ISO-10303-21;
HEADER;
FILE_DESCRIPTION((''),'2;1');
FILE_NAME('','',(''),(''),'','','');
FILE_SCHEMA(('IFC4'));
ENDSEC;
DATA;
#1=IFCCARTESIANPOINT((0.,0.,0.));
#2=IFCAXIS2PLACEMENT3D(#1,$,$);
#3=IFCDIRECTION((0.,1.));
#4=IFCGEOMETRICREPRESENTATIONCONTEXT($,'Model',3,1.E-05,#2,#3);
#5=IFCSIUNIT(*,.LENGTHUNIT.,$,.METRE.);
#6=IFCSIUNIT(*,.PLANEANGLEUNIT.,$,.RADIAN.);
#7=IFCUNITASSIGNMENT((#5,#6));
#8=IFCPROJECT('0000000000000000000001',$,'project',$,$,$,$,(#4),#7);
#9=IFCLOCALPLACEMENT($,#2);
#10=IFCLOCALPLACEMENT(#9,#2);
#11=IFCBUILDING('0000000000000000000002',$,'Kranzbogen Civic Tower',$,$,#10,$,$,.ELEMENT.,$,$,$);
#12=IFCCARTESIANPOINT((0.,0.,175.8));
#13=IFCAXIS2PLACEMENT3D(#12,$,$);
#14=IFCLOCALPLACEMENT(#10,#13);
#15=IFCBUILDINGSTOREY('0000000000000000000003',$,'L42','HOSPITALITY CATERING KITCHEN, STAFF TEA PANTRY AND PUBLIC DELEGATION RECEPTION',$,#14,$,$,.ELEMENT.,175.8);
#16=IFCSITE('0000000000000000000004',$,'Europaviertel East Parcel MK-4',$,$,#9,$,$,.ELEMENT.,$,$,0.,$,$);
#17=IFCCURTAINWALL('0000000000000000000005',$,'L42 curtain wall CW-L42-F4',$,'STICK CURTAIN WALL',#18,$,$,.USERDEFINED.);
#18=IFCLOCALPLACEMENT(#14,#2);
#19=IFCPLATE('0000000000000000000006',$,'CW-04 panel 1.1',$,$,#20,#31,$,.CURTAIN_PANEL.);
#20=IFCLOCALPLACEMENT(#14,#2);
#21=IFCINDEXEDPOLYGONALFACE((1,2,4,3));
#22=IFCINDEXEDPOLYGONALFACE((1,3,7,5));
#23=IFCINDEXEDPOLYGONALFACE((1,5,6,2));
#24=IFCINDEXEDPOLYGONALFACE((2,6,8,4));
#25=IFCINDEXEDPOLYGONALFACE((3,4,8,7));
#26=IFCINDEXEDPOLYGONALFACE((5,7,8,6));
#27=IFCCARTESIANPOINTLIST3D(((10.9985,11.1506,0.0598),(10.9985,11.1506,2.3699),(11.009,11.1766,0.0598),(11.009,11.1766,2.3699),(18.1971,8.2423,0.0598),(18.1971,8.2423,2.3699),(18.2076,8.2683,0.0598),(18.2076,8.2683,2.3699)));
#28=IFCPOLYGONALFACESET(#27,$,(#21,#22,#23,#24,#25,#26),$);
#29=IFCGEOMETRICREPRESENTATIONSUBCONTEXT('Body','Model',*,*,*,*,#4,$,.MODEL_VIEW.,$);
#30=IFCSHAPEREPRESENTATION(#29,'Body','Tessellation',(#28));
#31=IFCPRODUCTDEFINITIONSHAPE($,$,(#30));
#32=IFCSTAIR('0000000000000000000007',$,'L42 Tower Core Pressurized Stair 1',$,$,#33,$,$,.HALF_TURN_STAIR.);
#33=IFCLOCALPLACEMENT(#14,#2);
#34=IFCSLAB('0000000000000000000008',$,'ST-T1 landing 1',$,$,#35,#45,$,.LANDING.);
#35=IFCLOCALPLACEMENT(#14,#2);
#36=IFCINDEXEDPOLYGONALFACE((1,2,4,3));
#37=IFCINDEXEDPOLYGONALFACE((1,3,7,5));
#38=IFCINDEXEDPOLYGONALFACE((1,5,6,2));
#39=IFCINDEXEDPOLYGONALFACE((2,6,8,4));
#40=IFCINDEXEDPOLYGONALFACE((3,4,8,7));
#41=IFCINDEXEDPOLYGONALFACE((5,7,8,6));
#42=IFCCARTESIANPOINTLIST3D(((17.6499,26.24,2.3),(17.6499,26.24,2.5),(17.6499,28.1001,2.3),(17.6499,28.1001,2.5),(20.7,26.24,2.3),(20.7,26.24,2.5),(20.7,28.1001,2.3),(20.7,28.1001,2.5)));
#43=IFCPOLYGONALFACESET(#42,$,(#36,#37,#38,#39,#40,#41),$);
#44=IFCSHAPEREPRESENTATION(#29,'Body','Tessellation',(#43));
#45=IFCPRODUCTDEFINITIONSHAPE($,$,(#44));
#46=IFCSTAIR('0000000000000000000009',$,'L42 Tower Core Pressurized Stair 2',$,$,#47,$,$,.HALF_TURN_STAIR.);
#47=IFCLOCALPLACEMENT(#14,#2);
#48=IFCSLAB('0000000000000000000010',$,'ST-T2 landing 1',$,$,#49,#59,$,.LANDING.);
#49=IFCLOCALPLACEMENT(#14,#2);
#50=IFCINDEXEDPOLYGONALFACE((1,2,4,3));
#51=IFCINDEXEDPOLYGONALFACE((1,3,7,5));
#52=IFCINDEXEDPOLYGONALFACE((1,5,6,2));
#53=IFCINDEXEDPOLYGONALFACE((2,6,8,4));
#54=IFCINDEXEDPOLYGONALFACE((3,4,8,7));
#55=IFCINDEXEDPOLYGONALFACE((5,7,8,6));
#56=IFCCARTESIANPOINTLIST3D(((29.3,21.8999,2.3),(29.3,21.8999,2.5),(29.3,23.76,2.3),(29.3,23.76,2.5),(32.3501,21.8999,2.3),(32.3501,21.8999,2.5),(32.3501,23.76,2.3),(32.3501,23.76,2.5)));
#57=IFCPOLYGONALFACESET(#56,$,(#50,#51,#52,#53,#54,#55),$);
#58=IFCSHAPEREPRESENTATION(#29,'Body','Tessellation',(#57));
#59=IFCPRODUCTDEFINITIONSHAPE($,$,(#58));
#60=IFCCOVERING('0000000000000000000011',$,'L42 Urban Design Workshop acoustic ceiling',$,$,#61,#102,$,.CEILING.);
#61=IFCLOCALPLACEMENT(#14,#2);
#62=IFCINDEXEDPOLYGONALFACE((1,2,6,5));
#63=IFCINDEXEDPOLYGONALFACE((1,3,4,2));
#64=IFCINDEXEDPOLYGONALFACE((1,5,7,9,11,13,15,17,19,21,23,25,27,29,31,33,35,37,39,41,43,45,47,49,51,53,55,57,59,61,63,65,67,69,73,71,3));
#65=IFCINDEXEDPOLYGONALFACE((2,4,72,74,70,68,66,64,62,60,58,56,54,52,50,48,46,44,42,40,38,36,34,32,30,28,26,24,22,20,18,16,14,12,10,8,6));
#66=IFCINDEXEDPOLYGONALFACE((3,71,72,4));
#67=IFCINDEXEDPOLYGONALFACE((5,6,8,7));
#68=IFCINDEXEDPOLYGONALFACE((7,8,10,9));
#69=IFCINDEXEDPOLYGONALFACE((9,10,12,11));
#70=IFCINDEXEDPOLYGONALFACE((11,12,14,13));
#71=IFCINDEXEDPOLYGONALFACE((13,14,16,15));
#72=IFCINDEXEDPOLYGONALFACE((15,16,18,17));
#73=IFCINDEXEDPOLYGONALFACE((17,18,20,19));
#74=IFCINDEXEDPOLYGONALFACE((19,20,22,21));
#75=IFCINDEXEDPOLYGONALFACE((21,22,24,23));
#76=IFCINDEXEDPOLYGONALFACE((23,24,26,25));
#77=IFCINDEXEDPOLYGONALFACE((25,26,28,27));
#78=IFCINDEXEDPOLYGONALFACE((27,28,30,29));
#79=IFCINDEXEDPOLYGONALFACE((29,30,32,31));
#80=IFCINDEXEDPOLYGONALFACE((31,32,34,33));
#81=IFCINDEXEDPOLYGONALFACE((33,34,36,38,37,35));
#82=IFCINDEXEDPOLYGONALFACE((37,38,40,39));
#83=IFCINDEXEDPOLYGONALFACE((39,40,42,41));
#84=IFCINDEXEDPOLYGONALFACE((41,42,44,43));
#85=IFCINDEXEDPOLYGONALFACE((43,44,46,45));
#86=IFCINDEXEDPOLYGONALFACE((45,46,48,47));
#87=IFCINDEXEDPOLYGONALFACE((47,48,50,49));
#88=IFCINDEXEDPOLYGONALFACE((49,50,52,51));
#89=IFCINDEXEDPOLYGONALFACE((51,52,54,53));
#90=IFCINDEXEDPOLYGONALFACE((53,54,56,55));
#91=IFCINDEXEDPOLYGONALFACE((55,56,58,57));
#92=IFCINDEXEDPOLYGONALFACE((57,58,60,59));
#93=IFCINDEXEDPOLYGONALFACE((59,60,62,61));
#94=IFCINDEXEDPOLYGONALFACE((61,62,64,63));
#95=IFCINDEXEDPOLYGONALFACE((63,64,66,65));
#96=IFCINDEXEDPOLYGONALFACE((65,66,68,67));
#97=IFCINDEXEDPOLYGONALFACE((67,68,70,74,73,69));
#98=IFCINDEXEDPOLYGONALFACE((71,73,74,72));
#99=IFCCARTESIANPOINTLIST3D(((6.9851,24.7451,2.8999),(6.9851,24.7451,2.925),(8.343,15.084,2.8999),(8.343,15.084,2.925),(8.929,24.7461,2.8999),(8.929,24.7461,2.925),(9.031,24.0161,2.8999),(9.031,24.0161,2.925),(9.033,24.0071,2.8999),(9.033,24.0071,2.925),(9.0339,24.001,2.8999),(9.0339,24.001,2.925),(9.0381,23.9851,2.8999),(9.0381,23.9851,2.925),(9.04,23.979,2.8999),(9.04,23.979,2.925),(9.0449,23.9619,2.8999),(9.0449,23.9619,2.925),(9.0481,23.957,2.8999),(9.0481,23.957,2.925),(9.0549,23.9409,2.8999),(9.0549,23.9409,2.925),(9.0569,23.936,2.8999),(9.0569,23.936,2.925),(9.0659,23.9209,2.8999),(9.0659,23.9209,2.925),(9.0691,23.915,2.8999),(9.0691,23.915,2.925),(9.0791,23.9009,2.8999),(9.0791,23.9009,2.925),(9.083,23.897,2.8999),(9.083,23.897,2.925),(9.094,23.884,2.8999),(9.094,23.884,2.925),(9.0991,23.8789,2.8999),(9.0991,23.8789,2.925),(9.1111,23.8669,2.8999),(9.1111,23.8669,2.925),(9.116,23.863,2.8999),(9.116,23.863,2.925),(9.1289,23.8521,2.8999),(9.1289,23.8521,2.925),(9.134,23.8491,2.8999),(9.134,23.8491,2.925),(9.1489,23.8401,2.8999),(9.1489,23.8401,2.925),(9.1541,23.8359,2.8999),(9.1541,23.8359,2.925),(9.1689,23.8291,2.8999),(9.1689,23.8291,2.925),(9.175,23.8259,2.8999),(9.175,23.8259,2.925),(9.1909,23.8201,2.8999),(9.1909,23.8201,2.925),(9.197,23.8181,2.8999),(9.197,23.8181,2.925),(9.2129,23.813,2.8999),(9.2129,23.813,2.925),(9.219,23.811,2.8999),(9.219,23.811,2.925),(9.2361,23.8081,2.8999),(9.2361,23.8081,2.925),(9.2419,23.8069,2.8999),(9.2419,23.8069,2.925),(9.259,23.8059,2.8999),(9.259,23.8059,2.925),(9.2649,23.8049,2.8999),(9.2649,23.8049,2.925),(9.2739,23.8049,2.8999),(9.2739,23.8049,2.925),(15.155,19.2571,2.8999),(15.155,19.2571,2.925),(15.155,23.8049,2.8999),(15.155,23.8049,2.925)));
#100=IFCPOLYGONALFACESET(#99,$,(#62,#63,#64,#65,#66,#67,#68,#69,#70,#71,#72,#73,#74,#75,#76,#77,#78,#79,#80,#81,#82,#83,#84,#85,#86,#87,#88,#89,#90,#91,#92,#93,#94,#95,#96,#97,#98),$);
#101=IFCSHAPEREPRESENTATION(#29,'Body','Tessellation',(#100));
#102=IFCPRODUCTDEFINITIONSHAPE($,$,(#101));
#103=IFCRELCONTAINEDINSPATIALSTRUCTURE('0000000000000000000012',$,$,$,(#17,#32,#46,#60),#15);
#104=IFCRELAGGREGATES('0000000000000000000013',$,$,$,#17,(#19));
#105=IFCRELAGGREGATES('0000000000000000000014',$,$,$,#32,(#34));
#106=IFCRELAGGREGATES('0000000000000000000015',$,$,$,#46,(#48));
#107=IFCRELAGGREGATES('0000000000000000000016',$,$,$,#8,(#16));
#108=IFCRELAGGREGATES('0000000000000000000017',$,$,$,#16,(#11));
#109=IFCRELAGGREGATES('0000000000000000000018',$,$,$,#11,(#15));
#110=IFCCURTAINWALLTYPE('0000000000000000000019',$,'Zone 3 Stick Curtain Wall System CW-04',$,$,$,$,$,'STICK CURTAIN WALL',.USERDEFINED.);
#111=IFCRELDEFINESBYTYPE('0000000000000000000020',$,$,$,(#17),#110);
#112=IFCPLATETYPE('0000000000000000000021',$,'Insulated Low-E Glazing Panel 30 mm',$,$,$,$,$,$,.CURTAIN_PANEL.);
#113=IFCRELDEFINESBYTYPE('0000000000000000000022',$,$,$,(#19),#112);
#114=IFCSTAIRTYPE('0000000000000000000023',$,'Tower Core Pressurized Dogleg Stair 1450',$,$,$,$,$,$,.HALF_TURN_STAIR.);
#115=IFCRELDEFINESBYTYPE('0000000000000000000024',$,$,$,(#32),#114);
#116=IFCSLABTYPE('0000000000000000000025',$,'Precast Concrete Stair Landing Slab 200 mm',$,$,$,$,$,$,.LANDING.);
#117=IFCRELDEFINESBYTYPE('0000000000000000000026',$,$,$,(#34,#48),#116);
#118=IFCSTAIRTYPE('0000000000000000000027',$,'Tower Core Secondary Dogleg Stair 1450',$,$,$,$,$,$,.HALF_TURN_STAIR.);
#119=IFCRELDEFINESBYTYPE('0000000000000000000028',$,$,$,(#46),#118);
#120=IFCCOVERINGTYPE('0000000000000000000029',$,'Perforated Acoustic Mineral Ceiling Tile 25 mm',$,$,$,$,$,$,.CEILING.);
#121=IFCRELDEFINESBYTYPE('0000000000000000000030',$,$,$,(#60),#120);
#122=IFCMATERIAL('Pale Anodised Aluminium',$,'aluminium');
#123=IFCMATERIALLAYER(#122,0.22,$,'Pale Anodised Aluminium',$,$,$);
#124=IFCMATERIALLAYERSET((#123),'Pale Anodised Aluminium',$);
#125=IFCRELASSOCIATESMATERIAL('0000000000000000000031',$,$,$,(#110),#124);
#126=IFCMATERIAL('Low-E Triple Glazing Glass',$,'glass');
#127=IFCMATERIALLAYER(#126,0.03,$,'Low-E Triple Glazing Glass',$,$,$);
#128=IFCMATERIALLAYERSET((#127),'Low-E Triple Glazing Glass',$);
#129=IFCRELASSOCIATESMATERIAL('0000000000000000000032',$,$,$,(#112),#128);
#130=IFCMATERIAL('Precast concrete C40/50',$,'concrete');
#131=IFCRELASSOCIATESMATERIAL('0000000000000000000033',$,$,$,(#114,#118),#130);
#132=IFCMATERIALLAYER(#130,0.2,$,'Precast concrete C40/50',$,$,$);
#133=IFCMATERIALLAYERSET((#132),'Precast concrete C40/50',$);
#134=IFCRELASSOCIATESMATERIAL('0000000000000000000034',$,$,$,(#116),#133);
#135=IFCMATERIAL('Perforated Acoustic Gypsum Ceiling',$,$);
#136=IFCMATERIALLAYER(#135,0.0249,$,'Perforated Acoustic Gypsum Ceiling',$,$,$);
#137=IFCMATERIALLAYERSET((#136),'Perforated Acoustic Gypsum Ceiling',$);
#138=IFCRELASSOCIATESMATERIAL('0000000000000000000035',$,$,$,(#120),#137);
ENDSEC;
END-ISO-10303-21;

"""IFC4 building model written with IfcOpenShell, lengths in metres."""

from ifc_helpers import new_model, si_unit, direction, frame, origin, origin_2d, place, context, subcontext, project, spatial, polyline, rectangle, outline, extrude, material, layer, layer_set, type_object, element, aggregate, save


model = new_model("IFC4")

# Units and contexts
model_context = context("Model", 3, precision=1e-05, world=origin(), true_north=direction((0.0, 1.0)))
body_context = subcontext(model_context, "Body", "Model", "MODEL_VIEW")
ifc_project = project(units=[si_unit("LENGTHUNIT", "METRE"), si_unit("PLANEANGLEUNIT", "RADIAN")], contexts=[model_context])

# Site, building, storey
site_placement = place(None, origin())
site = spatial("IfcSite", under=ifc_project, at=site_placement, Name="Europaviertel East Parcel MK-4", CompositionType="ELEMENT", RefElevation=0.0)
building_placement = place(site_placement, origin())
building = spatial("IfcBuilding", under=site, at=building_placement, Name="Kranzbogen Civic Tower", CompositionType="ELEMENT")
storey_placement = place(building_placement, frame((0.0, 0.0, 175.8)))
storey = spatial("IfcBuildingStorey", under=building, at=storey_placement, Name="L42", Description="HOSPITALITY CATERING KITCHEN, STAFF TEA PANTRY AND PUBLIC DELEGATION RECEPTION", CompositionType="ELEMENT", Elevation=175.8)

# Curtain wall
ifc_material_1 = material(Name="Pale Anodised Aluminium", Category="aluminium")
ifc_layer_1 = layer(ifc_material_1, 0.22, Name="Pale Anodised Aluminium")
ifc_layer_set_1 = layer_set([ifc_layer_1], Name="Pale Anodised Aluminium")
curtain_wall_type_1 = type_object("IfcCurtainWallType", Name="Zone 3 Stick Curtain Wall System CW-04", ElementType="STICK CURTAIN WALL", PredefinedType="USERDEFINED", material=ifc_layer_set_1)
curtain_wall_1_placement = place(storey_placement, origin())
curtain_wall_1 = element("IfcCurtainWall", 1, at=curtain_wall_1_placement, inside=storey, type_object=curtain_wall_type_1, Name="L42 curtain wall CW-L42-F4", ObjectType="STICK CURTAIN WALL", PredefinedType="USERDEFINED")

# Plate
ifc_material_2 = material(Name="Low-E Triple Glazing Glass", Category="glass")
ifc_layer_2 = layer(ifc_material_2, 0.03, Name="Low-E Triple Glazing Glass")
ifc_layer_set_2 = layer_set([ifc_layer_2], Name="Low-E Triple Glazing Glass")
plate_type_1 = type_object("IfcPlateType", Name="Insulated Low-E Glazing Panel 30 mm", PredefinedType="CURTAIN_PANEL", material=ifc_layer_set_2)
plate_1_placement = place(storey_placement, frame((14.603, 9.7095, 0.0598), z_axis=(0.0, 0.0, 1.0), x_axis=(0.927189, -0.374594, 0.0)))
plate_1 = element("IfcPlate", 2, at=plate_1_placement, type_object=plate_type_1, Name="CW-04 panel 1.1", PredefinedType="CURTAIN_PANEL", context=body_context, shape_type="SweptSolid", body=[
    extrude(rectangle(XDim=7.7639, YDim=0.0281, at=origin_2d()), origin(), (0.0, 0.0, 1.0), 2.3101),
])
aggregate(curtain_wall_1, [plate_1])

# Stairs, slabs
ifc_material_3 = material(Name="Precast concrete C40/50", Category="concrete")
stair_type_1 = type_object("IfcStairType", Name="Tower Core Pressurized Dogleg Stair 1450", PredefinedType="HALF_TURN_STAIR", material=ifc_material_3)
stair_1_placement = place(storey_placement, origin())
stair_1 = element("IfcStair", 3, at=stair_1_placement, inside=storey, type_object=stair_type_1, Name="L42 Tower Core Pressurized Stair 1", PredefinedType="HALF_TURN_STAIR")
ifc_layer_3 = layer(ifc_material_3, 0.2, Name="Precast concrete C40/50")
ifc_layer_set_3 = layer_set([ifc_layer_3], Name="Precast concrete C40/50")
slab_type_1 = type_object("IfcSlabType", Name="Precast Concrete Stair Landing Slab 200 mm", PredefinedType="LANDING", material=ifc_layer_set_3)
slab_1_placement = place(storey_placement, frame((0.0, 0.0, 2.3)))
slab_1 = element("IfcSlab", 4, at=slab_1_placement, type_object=slab_type_1, Name="ST-T1 landing 1", PredefinedType="LANDING", context=body_context, shape_type="SweptSolid", body=[
    extrude(outline(polyline([(20.7, 26.24), (20.7, 28.1001), (17.6499, 28.1001), (17.6499, 26.24), (20.7, 26.24)])), origin(), (0.0, 0.0, 1.0), 0.2),
])
aggregate(stair_1, [slab_1])
stair_type_2 = type_object("IfcStairType", Name="Tower Core Secondary Dogleg Stair 1450", PredefinedType="HALF_TURN_STAIR", material=ifc_material_3)
stair_2_placement = place(storey_placement, origin())
stair_2 = element("IfcStair", 5, at=stair_2_placement, inside=storey, type_object=stair_type_2, Name="L42 Tower Core Pressurized Stair 2", PredefinedType="HALF_TURN_STAIR")
slab_2_placement = place(storey_placement, frame((0.0, 0.0, 2.3)))
slab_2 = element("IfcSlab", 6, at=slab_2_placement, type_object=slab_type_1, Name="ST-T2 landing 1", PredefinedType="LANDING", context=body_context, shape_type="SweptSolid", body=[
    extrude(outline(polyline([(29.3, 23.76), (29.3, 21.8999), (32.3501, 21.8999), (32.3501, 23.76), (29.3, 23.76)])), origin(), (0.0, 0.0, 1.0), 0.2),
])
aggregate(stair_2, [slab_2])

# Covering
ifc_material_4 = material(Name="Perforated Acoustic Gypsum Ceiling")
ifc_layer_4 = layer(ifc_material_4, 0.0249, Name="Perforated Acoustic Gypsum Ceiling")
ifc_layer_set_4 = layer_set([ifc_layer_4], Name="Perforated Acoustic Gypsum Ceiling")
covering_type_1 = type_object("IfcCoveringType", Name="Perforated Acoustic Mineral Ceiling Tile 25 mm", PredefinedType="CEILING", material=ifc_layer_set_4)
covering_1_placement = place(storey_placement, frame((0.0, 0.0, 2.8999)))
element("IfcCovering", 7, at=covering_1_placement, inside=storey, type_object=covering_type_1, Name="L42 Urban Design Workshop acoustic ceiling", PredefinedType="CEILING", context=body_context, shape_type="SweptSolid", body=[
    extrude(outline(polyline([(9.033, 24.0071), (9.0339, 24.001), (9.0381, 23.9851), (9.04, 23.979), (9.0449, 23.9619), (9.0481, 23.957), (9.0549, 23.9409), (9.0569, 23.936), (9.0659, 23.9209), (9.0691, 23.915), (9.0791, 23.9009), (9.083, 23.897), (9.094, 23.884), (9.0991, 23.8789), (9.1111, 23.8669), (9.116, 23.863), (9.1289, 23.8521), (9.134, 23.8491), (9.1489, 23.8401), (9.1541, 23.8359), (9.1689, 23.8291), (9.175, 23.8259), (9.1909, 23.8201), (9.197, 23.8181), (9.2129, 23.813), (9.219, 23.811), (9.2361, 23.8081), (9.2419, 23.8069), (9.259, 23.8059), (9.2649, 23.8049), (9.2739, 23.8049), (15.155, 23.8049), (15.155, 19.2571), (8.343, 15.084), (6.9851, 24.7451), (8.929, 24.7461), (9.031, 24.0161), (9.033, 24.0071)])), origin(), (0.0, 0.0, 1.0), 0.0251),
])

save(model, "model.ifc")
